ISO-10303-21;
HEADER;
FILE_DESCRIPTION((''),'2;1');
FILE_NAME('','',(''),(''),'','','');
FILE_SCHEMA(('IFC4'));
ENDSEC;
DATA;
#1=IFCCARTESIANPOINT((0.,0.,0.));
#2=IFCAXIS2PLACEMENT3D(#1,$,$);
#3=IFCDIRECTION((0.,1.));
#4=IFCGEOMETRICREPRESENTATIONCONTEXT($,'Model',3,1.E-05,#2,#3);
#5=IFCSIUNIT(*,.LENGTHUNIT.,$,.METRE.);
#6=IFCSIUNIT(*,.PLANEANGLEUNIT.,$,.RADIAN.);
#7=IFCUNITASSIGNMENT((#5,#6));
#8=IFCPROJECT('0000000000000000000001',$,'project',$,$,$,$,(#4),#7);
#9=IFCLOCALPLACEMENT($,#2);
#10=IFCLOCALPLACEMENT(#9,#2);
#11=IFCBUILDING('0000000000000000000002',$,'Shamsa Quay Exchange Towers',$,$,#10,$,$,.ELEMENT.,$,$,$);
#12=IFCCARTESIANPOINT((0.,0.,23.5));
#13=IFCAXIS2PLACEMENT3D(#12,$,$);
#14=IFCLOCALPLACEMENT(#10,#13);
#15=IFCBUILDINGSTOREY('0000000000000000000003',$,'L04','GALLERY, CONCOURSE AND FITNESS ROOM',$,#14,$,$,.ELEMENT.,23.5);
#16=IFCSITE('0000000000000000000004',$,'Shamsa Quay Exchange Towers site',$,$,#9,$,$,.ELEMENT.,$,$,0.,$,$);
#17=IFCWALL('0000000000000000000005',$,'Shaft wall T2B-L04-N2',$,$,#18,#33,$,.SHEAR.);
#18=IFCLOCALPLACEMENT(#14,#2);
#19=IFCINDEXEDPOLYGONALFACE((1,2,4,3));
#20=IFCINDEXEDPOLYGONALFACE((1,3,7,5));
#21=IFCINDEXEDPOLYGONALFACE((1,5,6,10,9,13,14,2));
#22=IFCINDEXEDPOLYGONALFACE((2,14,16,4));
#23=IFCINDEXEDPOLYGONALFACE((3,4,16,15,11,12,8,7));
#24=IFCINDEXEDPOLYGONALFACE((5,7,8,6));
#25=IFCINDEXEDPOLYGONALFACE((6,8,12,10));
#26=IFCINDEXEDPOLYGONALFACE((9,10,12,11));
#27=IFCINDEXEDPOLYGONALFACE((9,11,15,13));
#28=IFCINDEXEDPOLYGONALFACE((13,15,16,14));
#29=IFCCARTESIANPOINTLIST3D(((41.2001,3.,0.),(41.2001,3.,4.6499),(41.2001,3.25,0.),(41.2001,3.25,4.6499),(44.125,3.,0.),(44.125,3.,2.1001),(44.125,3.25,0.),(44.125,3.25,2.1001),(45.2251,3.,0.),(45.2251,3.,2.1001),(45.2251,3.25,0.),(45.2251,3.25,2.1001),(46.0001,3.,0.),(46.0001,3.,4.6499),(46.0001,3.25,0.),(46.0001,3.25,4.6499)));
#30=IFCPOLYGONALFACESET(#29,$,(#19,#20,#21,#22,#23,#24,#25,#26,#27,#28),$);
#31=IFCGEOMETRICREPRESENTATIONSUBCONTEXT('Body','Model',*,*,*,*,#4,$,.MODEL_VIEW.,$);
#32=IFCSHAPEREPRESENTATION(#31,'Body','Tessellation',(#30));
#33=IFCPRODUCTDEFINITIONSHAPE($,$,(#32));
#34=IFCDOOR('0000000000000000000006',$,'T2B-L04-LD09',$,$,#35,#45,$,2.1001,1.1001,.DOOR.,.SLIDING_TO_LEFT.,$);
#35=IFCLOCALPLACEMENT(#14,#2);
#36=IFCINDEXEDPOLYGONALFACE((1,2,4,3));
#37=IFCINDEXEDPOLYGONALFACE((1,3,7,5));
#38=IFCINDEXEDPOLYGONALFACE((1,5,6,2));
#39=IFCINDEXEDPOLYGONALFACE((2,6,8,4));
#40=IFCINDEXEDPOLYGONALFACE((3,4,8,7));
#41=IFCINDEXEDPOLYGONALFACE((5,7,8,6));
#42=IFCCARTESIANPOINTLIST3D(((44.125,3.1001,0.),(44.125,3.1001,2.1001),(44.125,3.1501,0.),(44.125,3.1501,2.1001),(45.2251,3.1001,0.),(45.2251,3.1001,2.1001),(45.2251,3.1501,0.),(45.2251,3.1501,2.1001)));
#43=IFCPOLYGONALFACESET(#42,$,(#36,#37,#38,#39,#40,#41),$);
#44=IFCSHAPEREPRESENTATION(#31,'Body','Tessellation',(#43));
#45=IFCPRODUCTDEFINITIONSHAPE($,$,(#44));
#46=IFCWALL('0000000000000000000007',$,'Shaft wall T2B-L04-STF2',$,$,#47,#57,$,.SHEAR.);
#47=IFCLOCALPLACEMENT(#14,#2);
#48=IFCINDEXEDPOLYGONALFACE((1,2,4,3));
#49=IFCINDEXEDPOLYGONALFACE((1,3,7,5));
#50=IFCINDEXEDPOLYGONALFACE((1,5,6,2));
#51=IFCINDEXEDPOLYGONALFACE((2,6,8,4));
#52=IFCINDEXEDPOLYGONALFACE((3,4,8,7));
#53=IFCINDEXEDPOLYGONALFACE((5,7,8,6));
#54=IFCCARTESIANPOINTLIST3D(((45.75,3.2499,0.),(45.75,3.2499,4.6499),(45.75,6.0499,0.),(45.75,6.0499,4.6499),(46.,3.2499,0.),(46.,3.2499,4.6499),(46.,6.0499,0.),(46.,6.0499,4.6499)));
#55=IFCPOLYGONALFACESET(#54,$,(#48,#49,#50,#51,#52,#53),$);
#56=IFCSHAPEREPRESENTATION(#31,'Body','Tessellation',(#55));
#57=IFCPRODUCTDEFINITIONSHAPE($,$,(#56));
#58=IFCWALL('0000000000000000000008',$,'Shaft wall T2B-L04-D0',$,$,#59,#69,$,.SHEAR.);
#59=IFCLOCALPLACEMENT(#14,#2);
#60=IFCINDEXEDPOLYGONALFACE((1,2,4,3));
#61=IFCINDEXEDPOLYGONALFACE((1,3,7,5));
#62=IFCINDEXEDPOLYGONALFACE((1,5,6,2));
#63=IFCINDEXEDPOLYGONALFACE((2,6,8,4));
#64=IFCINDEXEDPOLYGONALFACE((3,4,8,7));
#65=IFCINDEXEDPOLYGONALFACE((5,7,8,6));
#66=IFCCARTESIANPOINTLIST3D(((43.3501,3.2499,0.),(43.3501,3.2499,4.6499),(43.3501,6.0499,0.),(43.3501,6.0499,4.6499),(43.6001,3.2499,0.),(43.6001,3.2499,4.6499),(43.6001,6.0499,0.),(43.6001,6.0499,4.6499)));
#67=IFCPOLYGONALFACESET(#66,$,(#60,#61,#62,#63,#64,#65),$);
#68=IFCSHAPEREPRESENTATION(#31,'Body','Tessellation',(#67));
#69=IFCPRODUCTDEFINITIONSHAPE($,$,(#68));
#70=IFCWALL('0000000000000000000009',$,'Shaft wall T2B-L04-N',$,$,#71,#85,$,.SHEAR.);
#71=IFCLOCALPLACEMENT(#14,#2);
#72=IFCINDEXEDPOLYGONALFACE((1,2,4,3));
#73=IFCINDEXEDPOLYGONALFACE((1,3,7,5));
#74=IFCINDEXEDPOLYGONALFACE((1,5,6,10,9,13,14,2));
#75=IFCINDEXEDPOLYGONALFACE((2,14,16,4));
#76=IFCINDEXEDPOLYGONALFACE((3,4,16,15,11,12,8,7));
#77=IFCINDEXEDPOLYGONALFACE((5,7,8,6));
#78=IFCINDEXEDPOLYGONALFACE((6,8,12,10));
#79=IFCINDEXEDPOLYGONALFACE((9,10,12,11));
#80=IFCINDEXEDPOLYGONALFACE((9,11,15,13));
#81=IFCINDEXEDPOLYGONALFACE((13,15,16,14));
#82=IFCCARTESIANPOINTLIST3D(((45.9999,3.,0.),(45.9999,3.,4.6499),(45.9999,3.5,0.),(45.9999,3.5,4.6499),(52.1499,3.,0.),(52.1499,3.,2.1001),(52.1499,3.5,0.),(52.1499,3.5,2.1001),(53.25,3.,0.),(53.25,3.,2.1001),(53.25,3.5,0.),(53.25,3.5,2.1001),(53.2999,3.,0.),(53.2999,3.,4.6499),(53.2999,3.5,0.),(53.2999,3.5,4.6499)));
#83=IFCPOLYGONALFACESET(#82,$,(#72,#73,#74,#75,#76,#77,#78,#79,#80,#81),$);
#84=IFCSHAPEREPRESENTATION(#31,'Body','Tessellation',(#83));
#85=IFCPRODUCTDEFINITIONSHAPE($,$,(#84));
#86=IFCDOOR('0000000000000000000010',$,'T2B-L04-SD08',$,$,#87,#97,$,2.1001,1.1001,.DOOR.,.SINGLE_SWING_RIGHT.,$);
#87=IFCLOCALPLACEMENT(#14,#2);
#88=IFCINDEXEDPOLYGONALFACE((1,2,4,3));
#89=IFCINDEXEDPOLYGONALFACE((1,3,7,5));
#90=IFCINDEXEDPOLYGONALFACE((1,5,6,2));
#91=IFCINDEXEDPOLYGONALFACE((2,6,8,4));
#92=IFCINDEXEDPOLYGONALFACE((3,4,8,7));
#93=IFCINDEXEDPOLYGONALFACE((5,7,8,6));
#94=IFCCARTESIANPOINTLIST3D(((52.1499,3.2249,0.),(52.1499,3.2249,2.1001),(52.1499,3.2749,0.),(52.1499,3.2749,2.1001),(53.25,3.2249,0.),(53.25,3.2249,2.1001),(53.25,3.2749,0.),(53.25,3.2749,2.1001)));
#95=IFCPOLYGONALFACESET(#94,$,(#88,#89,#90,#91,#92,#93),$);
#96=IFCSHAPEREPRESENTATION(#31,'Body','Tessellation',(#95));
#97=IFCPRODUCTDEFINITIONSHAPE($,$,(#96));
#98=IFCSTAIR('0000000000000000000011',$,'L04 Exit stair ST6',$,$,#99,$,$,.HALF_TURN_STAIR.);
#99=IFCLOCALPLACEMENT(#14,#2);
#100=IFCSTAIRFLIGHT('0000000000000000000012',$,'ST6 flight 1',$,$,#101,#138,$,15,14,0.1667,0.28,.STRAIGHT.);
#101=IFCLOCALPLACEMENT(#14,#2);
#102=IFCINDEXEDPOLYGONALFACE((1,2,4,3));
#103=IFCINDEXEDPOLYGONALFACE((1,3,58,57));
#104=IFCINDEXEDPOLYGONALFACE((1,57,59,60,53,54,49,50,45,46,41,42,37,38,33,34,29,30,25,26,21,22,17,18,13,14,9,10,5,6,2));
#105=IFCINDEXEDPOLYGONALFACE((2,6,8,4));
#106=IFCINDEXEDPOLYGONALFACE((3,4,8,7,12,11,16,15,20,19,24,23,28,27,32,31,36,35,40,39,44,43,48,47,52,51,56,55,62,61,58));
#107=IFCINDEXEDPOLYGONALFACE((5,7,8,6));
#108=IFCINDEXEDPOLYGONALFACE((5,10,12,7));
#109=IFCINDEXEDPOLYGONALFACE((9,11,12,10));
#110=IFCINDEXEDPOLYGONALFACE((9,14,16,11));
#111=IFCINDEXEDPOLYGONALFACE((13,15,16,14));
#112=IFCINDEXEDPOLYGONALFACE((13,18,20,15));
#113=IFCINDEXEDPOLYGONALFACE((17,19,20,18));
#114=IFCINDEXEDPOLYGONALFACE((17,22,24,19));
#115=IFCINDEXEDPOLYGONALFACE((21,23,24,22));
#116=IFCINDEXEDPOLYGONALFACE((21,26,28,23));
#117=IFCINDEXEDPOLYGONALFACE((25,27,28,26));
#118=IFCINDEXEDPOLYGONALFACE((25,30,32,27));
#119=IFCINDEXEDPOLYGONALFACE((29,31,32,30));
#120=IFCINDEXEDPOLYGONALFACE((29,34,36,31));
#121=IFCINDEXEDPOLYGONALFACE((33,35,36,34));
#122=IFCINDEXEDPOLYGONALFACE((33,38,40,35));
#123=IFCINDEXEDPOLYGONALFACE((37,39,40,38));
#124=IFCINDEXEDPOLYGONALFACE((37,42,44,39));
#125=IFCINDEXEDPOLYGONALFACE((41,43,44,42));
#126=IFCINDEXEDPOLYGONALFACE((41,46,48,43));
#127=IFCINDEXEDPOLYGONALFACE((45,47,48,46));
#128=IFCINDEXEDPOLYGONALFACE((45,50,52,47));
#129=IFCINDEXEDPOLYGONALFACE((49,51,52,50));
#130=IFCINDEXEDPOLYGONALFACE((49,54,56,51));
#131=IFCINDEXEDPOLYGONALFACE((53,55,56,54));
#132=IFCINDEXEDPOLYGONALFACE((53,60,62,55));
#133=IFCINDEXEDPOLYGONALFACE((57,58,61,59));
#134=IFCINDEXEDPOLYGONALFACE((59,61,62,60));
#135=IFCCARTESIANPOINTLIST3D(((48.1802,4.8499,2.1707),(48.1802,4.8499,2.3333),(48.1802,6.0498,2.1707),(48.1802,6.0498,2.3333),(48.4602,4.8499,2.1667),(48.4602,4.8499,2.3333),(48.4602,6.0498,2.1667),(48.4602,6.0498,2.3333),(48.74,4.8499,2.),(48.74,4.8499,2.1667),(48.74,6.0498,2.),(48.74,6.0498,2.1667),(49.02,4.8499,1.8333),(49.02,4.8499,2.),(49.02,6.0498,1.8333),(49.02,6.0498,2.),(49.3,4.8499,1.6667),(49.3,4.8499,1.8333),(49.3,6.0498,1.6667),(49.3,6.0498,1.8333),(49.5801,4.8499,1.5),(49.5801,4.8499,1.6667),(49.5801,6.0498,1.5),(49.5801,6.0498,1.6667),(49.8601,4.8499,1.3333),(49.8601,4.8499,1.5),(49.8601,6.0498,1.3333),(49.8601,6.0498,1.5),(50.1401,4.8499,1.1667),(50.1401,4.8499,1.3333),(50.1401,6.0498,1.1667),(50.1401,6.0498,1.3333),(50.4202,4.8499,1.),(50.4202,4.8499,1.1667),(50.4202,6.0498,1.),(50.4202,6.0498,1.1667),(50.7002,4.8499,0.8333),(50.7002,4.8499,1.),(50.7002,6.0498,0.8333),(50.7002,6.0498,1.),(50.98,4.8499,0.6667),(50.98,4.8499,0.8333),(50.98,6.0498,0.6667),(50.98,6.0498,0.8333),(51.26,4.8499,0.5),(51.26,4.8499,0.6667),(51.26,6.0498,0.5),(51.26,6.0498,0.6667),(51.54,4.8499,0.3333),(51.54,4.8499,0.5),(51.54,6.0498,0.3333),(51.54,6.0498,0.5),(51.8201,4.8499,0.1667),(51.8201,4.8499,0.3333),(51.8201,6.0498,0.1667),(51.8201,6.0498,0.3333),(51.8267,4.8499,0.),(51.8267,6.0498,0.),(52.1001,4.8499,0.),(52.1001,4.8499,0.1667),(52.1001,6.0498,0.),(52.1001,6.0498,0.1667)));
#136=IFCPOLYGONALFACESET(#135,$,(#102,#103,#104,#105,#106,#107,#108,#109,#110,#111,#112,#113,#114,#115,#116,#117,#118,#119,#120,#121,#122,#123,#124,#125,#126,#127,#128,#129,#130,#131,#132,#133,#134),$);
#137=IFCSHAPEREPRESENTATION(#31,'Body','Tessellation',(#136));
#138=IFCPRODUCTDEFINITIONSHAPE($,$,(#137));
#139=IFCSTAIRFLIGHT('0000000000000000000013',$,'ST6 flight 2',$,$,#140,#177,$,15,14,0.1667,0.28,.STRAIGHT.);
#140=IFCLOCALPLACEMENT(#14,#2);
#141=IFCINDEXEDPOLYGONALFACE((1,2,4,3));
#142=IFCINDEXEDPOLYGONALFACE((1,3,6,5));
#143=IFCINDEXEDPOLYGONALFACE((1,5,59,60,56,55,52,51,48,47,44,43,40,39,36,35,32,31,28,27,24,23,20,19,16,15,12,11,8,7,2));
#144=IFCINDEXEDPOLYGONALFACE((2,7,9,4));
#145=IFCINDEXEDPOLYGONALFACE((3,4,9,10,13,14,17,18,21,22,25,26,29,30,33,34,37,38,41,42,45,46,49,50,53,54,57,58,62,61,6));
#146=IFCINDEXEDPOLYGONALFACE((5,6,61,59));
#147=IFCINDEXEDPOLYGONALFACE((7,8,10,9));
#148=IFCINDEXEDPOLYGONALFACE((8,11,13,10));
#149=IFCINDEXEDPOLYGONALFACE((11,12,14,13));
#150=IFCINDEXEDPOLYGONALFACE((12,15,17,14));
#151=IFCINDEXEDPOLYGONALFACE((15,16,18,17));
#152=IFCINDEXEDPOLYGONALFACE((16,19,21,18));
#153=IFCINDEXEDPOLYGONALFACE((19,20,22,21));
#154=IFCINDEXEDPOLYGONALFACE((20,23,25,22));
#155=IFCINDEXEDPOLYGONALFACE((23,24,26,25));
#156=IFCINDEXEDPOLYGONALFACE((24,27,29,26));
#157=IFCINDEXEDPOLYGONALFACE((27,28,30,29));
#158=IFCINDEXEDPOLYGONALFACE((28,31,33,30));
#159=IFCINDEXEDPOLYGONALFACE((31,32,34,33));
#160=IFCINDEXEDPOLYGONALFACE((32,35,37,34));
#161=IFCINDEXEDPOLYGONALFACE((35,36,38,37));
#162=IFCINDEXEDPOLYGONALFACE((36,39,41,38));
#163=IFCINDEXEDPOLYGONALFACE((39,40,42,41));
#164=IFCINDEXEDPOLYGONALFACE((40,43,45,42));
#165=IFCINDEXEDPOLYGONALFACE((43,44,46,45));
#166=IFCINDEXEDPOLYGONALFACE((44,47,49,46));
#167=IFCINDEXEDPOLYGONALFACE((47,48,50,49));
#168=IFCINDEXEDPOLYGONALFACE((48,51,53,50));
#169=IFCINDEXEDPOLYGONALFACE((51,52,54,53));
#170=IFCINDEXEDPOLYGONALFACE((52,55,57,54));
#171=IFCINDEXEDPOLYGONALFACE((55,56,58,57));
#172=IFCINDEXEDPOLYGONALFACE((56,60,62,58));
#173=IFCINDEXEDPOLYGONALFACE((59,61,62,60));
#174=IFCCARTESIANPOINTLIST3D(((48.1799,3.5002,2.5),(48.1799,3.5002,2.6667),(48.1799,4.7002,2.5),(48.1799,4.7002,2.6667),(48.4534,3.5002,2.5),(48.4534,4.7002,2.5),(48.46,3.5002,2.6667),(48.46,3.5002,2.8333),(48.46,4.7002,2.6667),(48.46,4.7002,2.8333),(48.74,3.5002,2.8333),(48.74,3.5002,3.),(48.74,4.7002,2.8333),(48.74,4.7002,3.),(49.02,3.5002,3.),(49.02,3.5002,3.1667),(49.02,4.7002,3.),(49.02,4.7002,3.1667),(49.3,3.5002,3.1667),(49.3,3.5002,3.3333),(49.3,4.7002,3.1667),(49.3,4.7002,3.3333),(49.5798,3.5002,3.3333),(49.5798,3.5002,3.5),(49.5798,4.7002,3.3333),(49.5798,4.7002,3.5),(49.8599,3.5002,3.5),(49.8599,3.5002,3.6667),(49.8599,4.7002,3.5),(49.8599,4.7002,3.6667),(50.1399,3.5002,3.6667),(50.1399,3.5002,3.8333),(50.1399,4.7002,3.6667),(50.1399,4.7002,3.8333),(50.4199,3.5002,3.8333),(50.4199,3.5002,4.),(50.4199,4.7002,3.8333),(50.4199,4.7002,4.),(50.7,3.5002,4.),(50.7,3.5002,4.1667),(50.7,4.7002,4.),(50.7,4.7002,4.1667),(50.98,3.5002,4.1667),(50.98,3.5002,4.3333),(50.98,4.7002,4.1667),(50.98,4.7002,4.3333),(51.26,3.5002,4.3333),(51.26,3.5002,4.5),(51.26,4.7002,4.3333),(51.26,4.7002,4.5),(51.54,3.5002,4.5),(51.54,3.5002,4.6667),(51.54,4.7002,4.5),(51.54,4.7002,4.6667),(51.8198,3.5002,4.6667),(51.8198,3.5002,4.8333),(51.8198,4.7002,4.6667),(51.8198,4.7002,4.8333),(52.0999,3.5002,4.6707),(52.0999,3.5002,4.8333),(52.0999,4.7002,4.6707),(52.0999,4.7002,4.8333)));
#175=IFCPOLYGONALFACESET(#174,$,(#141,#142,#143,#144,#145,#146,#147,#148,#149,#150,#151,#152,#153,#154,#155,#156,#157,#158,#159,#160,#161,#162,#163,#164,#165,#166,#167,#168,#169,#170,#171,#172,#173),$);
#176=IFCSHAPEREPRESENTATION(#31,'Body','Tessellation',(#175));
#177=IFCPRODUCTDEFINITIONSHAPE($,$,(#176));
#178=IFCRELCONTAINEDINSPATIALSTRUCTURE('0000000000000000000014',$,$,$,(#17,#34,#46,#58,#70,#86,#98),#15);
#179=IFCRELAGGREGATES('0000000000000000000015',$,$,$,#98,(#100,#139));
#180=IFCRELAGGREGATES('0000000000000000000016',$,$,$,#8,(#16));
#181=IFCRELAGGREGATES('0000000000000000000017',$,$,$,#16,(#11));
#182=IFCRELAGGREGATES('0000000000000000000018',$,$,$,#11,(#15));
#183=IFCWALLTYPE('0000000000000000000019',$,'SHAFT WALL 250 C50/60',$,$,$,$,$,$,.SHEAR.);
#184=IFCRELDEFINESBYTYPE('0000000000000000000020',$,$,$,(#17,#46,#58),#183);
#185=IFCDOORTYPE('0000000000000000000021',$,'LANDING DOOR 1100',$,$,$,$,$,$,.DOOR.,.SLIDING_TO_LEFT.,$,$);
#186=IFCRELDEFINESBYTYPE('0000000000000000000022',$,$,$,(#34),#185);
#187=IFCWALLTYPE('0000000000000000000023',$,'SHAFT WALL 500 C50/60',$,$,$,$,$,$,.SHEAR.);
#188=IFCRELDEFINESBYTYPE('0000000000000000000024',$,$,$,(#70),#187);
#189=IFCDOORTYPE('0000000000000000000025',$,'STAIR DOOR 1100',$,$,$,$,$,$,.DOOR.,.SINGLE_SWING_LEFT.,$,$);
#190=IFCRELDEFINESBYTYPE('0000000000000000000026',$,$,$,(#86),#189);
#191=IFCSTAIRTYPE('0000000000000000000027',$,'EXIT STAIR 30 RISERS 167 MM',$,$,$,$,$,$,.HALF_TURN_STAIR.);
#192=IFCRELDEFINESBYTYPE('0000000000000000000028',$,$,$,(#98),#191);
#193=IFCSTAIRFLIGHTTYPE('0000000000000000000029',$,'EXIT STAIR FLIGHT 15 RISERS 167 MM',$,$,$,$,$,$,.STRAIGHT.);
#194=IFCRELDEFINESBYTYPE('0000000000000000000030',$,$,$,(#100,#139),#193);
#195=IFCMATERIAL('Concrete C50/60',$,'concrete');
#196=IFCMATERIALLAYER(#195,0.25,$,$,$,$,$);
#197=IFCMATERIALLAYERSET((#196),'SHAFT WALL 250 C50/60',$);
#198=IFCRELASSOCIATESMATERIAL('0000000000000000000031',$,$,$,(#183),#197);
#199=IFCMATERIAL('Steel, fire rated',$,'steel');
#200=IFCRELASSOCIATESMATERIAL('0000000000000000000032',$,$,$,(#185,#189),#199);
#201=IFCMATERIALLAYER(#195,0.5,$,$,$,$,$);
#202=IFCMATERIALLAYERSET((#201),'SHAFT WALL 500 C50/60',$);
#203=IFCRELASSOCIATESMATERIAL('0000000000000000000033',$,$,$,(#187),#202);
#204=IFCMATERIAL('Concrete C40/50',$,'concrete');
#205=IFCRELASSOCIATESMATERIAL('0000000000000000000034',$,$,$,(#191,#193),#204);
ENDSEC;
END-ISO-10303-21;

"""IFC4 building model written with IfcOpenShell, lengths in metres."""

from ifc_helpers import new_model, si_unit, direction, frame, frame_2d, origin, place, context, subcontext, project, spatial, polyline, rectangle, outline, extrude, material, layer, layer_set, type_object, element, fill, aggregate, save


model = new_model("IFC4")

# Units and contexts
model_context = context("Model", 3, precision=1e-05, world=origin(), true_north=direction((0.0, 1.0)))
body_context = subcontext(model_context, "Body", "Model", "MODEL_VIEW")
ifc_project = project(units=[si_unit("LENGTHUNIT", "METRE"), si_unit("PLANEANGLEUNIT", "RADIAN")], contexts=[model_context])

# Site, building, storey
site_placement = place(None, origin())
site = spatial("IfcSite", under=ifc_project, at=site_placement, Name="Shamsa Quay Exchange Towers site", CompositionType="ELEMENT", RefElevation=0.0)
building_placement = place(site_placement, origin())
building = spatial("IfcBuilding", under=site, at=building_placement, Name="Shamsa Quay Exchange Towers", CompositionType="ELEMENT")
storey_placement = place(building_placement, frame((0.0, 0.0, 23.5)))
storey = spatial("IfcBuildingStorey", under=building, at=storey_placement, Name="L04", Description="GALLERY, CONCOURSE AND FITNESS ROOM", CompositionType="ELEMENT", Elevation=23.5)

# Shared definitions
ifc_material_1 = material(Name="Concrete C50/60", Category="concrete")
ifc_layer_1 = layer(ifc_material_1, 0.25)
ifc_layer_set_1 = layer_set([ifc_layer_1], Name="SHAFT WALL 250 C50/60")
wall_type_1 = type_object("IfcWallType", Name="SHAFT WALL 250 C50/60", PredefinedType="SHEAR", material=ifc_layer_set_1)
ifc_material_2 = material(Name="Steel, fire rated", Category="steel")

# Wall, opening, door
wall_1_placement = place(storey_placement, frame((46.0, 3.125, 0.0), z_axis=(0.0, 0.0, 1.0), x_axis=(-1.0, 0.0, 0.0)))
wall_1 = element("IfcWall", 1, at=wall_1_placement, inside=storey, type_object=wall_type_1, Name="Shaft wall T2B-L04-N2", PredefinedType="SHEAR", context=body_context, shape_type="SweptSolid", body=[
    extrude(rectangle(XDim=4.8, YDim=0.25, at=frame_2d((2.3999, 0.0))), origin(), (0.0, 0.0, 1.0), 4.6499),
])
opening_1_placement = place(wall_1_placement, frame((0.7749, 0.0, 0.0)))
opening_1 = element("IfcOpeningElement", 2, at=opening_1_placement, cuts=wall_1, PredefinedType="OPENING", context=body_context, shape_type="SweptSolid", body=[
    extrude(rectangle(XDim=1.1001, YDim=2.1001, at=frame_2d((0.55, 1.05))), frame((0.0, 0.135, 0.0), z_axis=(0.0, -1.0, 0.0), x_axis=(1.0, 0.0, 0.0)), (0.0, 0.0, 1.0), 0.27),
])
door_type_1 = type_object("IfcDoorType", Name="LANDING DOOR 1100", OperationType="SLIDING_TO_LEFT", PredefinedType="DOOR", material=ifc_material_2)
door_1_placement = place(opening_1_placement, origin())
door_1 = element("IfcDoor", 3, at=door_1_placement, inside=storey, type_object=door_type_1, Name="T2B-L04-LD09", OperationType="SLIDING_TO_LEFT", OverallHeight=2.1001, OverallWidth=1.1001, PredefinedType="DOOR", context=body_context, shape_type="SweptSolid", body=[
    extrude(rectangle(XDim=1.1001, YDim=2.1001, at=frame_2d((0.55, 1.05))), frame((0.0, 0.0249, 0.0), z_axis=(0.0, -1.0, 0.0), x_axis=(1.0, 0.0, 0.0)), (0.0, 0.0, 1.0), 0.05),
])
fill(opening_1, door_1)

# Walls
for number, where, z_axis, x_axis, name in (
    (4, (45.875, 3.25, 0.0), (0.0, 0.0, 1.0), (0.0, 1.0, 0.0), "Shaft wall T2B-L04-STF2"),
    (5, (43.4751, 3.25, 0.0), (0.0, 0.0, 1.0), (0.0, 1.0, 0.0), "Shaft wall T2B-L04-D0"),
):
    element("IfcWall", number, at=place(storey_placement, frame(where, z_axis=z_axis, x_axis=x_axis)), inside=storey, type_object=wall_type_1, Name=name, PredefinedType="SHEAR", context=body_context, shape_type="SweptSolid", body=[
        extrude(rectangle(XDim=2.8, YDim=0.25, at=frame_2d((1.3999, 0.0))), origin(), (0.0, 0.0, 1.0), 4.6499),
    ])

# Wall, opening, door
ifc_layer_2 = layer(ifc_material_1, 0.5)
ifc_layer_set_2 = layer_set([ifc_layer_2], Name="SHAFT WALL 500 C50/60")
wall_type_2 = type_object("IfcWallType", Name="SHAFT WALL 500 C50/60", PredefinedType="SHEAR", material=ifc_layer_set_2)
wall_2_placement = place(storey_placement, frame((46.0, 3.25, 0.0)))
wall_2 = element("IfcWall", 6, at=wall_2_placement, inside=storey, type_object=wall_type_2, Name="Shaft wall T2B-L04-N", PredefinedType="SHEAR", context=body_context, shape_type="SweptSolid", body=[
    extrude(rectangle(XDim=7.3, YDim=0.5, at=frame_2d((3.6499, 0.0))), origin(), (0.0, 0.0, 1.0), 4.6499),
])
opening_2_placement = place(wall_2_placement, frame((6.1499, 0.0, 0.0)))
opening_2 = element("IfcOpeningElement", 7, at=opening_2_placement, cuts=wall_2, PredefinedType="OPENING", context=body_context, shape_type="SweptSolid", body=[
    extrude(rectangle(XDim=1.1001, YDim=2.1001, at=frame_2d((0.55, 1.05))), frame((0.0, 0.26, 0.0), z_axis=(0.0, -1.0, 0.0), x_axis=(1.0, 0.0, 0.0)), (0.0, 0.0, 1.0), 0.52),
])
door_type_2 = type_object("IfcDoorType", Name="STAIR DOOR 1100", OperationType="SINGLE_SWING_LEFT", PredefinedType="DOOR", material=ifc_material_2)
door_2_placement = place(opening_2_placement, origin())
door_2 = element("IfcDoor", 8, at=door_2_placement, inside=storey, type_object=door_type_2, Name="T2B-L04-SD08", OperationType="SINGLE_SWING_RIGHT", OverallHeight=2.1001, OverallWidth=1.1001, PredefinedType="DOOR", context=body_context, shape_type="SweptSolid", body=[
    extrude(rectangle(XDim=1.1001, YDim=2.1001, at=frame_2d((0.55, 1.05))), frame((0.0, 0.0249, 0.0), z_axis=(0.0, -1.0, 0.0), x_axis=(1.0, 0.0, 0.0)), (0.0, 0.0, 1.0), 0.05),
])
fill(opening_2, door_2)

# Stair, stair flights
ifc_material_3 = material(Name="Concrete C40/50", Category="concrete")
stair_type = type_object("IfcStairType", Name="EXIT STAIR 30 RISERS 167 MM", PredefinedType="HALF_TURN_STAIR", material=ifc_material_3)
stair_placement = place(storey_placement, origin())
stair = element("IfcStair", 9, at=stair_placement, inside=storey, type_object=stair_type, Name="L04 Exit stair ST6", PredefinedType="HALF_TURN_STAIR")
stair_flight_type = type_object("IfcStairFlightType", Name="EXIT STAIR FLIGHT 15 RISERS 167 MM", PredefinedType="STRAIGHT", material=ifc_material_3)
stair_flight_1_placement = place(storey_placement, frame((52.1001, 5.45, 0.0), z_axis=(0.0, 0.0, 1.0), x_axis=(-1.0, 0.0, 0.0)))
stair_flight_1 = element("IfcStairFlight", 10, at=stair_flight_1_placement, type_object=stair_flight_type, Name="ST6 flight 1", NumberOfRisers=15, NumberOfTreads=14, PredefinedType="STRAIGHT", RiserHeight=0.1667, TreadLength=0.28, context=body_context, shape_type="SweptSolid", body=[
    extrude(outline(polyline([(0.0, 0.0), (0.0, 0.1667), (0.28, 0.1667), (0.28, 0.3333), (0.5601, 0.3333), (0.5601, 0.5), (0.8401, 0.5), (0.8401, 0.6667), (1.1201, 0.6667), (1.1201, 0.8333), (1.3999, 0.8333), (1.3999, 1.0), (1.6799, 1.0), (1.6799, 1.1667), (1.96, 1.1667), (1.96, 1.3333), (2.24, 1.3333), (2.24, 1.5), (2.52, 1.5), (2.52, 1.6667), (2.8, 1.6667), (2.8, 1.8333), (3.0801, 1.8333), (3.0801, 2.0), (3.3601, 2.0), (3.3601, 2.1667), (3.6399, 2.1667), (3.6399, 2.3333), (3.9199, 2.3333), (3.9199, 2.5), (3.9199, 2.1707), (0.2734, 0.0), (0.0, 0.0)])), frame((0.0, 0.6001, 0.0), z_axis=(0.0, -1.0, 0.0), x_axis=(1.0, 0.0, 0.0)), (0.0, 0.0, 1.0), 1.2),
])
stair_flight_2_placement = place(storey_placement, frame((48.1799, 4.1001, 2.5)))
stair_flight_2 = element("IfcStairFlight", 11, at=stair_flight_2_placement, type_object=stair_flight_type, Name="ST6 flight 2", NumberOfRisers=15, NumberOfTreads=14, PredefinedType="STRAIGHT", RiserHeight=0.1667, TreadLength=0.28, context=body_context, shape_type="SweptSolid", body=[
    extrude(outline(polyline([(0.0, 0.0), (0.0, 0.1667), (0.28, 0.1667), (0.28, 0.3333), (0.5601, 0.3333), (0.5601, 0.5), (0.8401, 0.5), (0.8401, 0.6667), (1.1201, 0.6667), (1.1201, 0.8333), (1.3999, 0.8333), (1.3999, 1.0), (1.6799, 1.0), (1.6799, 1.1667), (1.96, 1.1667), (1.96, 1.3333), (2.24, 1.3333), (2.24, 1.5), (2.52, 1.5), (2.52, 1.6667), (2.8, 1.6667), (2.8, 1.8333), (3.0801, 1.8333), (3.0801, 2.0), (3.3601, 2.0), (3.3601, 2.1667), (3.6399, 2.1667), (3.6399, 2.3333), (3.9199, 2.3333), (3.9199, 2.5), (3.9199, 2.1707), (0.2734, 0.0), (0.0, 0.0)])), frame((0.0, 0.6001, 0.0), z_axis=(0.0, -1.0, 0.0), x_axis=(1.0, 0.0, 0.0)), (0.0, 0.0, 1.0), 1.2),
])
aggregate(stair, [stair_flight_1, stair_flight_2])

save(model, "model.ifc")
